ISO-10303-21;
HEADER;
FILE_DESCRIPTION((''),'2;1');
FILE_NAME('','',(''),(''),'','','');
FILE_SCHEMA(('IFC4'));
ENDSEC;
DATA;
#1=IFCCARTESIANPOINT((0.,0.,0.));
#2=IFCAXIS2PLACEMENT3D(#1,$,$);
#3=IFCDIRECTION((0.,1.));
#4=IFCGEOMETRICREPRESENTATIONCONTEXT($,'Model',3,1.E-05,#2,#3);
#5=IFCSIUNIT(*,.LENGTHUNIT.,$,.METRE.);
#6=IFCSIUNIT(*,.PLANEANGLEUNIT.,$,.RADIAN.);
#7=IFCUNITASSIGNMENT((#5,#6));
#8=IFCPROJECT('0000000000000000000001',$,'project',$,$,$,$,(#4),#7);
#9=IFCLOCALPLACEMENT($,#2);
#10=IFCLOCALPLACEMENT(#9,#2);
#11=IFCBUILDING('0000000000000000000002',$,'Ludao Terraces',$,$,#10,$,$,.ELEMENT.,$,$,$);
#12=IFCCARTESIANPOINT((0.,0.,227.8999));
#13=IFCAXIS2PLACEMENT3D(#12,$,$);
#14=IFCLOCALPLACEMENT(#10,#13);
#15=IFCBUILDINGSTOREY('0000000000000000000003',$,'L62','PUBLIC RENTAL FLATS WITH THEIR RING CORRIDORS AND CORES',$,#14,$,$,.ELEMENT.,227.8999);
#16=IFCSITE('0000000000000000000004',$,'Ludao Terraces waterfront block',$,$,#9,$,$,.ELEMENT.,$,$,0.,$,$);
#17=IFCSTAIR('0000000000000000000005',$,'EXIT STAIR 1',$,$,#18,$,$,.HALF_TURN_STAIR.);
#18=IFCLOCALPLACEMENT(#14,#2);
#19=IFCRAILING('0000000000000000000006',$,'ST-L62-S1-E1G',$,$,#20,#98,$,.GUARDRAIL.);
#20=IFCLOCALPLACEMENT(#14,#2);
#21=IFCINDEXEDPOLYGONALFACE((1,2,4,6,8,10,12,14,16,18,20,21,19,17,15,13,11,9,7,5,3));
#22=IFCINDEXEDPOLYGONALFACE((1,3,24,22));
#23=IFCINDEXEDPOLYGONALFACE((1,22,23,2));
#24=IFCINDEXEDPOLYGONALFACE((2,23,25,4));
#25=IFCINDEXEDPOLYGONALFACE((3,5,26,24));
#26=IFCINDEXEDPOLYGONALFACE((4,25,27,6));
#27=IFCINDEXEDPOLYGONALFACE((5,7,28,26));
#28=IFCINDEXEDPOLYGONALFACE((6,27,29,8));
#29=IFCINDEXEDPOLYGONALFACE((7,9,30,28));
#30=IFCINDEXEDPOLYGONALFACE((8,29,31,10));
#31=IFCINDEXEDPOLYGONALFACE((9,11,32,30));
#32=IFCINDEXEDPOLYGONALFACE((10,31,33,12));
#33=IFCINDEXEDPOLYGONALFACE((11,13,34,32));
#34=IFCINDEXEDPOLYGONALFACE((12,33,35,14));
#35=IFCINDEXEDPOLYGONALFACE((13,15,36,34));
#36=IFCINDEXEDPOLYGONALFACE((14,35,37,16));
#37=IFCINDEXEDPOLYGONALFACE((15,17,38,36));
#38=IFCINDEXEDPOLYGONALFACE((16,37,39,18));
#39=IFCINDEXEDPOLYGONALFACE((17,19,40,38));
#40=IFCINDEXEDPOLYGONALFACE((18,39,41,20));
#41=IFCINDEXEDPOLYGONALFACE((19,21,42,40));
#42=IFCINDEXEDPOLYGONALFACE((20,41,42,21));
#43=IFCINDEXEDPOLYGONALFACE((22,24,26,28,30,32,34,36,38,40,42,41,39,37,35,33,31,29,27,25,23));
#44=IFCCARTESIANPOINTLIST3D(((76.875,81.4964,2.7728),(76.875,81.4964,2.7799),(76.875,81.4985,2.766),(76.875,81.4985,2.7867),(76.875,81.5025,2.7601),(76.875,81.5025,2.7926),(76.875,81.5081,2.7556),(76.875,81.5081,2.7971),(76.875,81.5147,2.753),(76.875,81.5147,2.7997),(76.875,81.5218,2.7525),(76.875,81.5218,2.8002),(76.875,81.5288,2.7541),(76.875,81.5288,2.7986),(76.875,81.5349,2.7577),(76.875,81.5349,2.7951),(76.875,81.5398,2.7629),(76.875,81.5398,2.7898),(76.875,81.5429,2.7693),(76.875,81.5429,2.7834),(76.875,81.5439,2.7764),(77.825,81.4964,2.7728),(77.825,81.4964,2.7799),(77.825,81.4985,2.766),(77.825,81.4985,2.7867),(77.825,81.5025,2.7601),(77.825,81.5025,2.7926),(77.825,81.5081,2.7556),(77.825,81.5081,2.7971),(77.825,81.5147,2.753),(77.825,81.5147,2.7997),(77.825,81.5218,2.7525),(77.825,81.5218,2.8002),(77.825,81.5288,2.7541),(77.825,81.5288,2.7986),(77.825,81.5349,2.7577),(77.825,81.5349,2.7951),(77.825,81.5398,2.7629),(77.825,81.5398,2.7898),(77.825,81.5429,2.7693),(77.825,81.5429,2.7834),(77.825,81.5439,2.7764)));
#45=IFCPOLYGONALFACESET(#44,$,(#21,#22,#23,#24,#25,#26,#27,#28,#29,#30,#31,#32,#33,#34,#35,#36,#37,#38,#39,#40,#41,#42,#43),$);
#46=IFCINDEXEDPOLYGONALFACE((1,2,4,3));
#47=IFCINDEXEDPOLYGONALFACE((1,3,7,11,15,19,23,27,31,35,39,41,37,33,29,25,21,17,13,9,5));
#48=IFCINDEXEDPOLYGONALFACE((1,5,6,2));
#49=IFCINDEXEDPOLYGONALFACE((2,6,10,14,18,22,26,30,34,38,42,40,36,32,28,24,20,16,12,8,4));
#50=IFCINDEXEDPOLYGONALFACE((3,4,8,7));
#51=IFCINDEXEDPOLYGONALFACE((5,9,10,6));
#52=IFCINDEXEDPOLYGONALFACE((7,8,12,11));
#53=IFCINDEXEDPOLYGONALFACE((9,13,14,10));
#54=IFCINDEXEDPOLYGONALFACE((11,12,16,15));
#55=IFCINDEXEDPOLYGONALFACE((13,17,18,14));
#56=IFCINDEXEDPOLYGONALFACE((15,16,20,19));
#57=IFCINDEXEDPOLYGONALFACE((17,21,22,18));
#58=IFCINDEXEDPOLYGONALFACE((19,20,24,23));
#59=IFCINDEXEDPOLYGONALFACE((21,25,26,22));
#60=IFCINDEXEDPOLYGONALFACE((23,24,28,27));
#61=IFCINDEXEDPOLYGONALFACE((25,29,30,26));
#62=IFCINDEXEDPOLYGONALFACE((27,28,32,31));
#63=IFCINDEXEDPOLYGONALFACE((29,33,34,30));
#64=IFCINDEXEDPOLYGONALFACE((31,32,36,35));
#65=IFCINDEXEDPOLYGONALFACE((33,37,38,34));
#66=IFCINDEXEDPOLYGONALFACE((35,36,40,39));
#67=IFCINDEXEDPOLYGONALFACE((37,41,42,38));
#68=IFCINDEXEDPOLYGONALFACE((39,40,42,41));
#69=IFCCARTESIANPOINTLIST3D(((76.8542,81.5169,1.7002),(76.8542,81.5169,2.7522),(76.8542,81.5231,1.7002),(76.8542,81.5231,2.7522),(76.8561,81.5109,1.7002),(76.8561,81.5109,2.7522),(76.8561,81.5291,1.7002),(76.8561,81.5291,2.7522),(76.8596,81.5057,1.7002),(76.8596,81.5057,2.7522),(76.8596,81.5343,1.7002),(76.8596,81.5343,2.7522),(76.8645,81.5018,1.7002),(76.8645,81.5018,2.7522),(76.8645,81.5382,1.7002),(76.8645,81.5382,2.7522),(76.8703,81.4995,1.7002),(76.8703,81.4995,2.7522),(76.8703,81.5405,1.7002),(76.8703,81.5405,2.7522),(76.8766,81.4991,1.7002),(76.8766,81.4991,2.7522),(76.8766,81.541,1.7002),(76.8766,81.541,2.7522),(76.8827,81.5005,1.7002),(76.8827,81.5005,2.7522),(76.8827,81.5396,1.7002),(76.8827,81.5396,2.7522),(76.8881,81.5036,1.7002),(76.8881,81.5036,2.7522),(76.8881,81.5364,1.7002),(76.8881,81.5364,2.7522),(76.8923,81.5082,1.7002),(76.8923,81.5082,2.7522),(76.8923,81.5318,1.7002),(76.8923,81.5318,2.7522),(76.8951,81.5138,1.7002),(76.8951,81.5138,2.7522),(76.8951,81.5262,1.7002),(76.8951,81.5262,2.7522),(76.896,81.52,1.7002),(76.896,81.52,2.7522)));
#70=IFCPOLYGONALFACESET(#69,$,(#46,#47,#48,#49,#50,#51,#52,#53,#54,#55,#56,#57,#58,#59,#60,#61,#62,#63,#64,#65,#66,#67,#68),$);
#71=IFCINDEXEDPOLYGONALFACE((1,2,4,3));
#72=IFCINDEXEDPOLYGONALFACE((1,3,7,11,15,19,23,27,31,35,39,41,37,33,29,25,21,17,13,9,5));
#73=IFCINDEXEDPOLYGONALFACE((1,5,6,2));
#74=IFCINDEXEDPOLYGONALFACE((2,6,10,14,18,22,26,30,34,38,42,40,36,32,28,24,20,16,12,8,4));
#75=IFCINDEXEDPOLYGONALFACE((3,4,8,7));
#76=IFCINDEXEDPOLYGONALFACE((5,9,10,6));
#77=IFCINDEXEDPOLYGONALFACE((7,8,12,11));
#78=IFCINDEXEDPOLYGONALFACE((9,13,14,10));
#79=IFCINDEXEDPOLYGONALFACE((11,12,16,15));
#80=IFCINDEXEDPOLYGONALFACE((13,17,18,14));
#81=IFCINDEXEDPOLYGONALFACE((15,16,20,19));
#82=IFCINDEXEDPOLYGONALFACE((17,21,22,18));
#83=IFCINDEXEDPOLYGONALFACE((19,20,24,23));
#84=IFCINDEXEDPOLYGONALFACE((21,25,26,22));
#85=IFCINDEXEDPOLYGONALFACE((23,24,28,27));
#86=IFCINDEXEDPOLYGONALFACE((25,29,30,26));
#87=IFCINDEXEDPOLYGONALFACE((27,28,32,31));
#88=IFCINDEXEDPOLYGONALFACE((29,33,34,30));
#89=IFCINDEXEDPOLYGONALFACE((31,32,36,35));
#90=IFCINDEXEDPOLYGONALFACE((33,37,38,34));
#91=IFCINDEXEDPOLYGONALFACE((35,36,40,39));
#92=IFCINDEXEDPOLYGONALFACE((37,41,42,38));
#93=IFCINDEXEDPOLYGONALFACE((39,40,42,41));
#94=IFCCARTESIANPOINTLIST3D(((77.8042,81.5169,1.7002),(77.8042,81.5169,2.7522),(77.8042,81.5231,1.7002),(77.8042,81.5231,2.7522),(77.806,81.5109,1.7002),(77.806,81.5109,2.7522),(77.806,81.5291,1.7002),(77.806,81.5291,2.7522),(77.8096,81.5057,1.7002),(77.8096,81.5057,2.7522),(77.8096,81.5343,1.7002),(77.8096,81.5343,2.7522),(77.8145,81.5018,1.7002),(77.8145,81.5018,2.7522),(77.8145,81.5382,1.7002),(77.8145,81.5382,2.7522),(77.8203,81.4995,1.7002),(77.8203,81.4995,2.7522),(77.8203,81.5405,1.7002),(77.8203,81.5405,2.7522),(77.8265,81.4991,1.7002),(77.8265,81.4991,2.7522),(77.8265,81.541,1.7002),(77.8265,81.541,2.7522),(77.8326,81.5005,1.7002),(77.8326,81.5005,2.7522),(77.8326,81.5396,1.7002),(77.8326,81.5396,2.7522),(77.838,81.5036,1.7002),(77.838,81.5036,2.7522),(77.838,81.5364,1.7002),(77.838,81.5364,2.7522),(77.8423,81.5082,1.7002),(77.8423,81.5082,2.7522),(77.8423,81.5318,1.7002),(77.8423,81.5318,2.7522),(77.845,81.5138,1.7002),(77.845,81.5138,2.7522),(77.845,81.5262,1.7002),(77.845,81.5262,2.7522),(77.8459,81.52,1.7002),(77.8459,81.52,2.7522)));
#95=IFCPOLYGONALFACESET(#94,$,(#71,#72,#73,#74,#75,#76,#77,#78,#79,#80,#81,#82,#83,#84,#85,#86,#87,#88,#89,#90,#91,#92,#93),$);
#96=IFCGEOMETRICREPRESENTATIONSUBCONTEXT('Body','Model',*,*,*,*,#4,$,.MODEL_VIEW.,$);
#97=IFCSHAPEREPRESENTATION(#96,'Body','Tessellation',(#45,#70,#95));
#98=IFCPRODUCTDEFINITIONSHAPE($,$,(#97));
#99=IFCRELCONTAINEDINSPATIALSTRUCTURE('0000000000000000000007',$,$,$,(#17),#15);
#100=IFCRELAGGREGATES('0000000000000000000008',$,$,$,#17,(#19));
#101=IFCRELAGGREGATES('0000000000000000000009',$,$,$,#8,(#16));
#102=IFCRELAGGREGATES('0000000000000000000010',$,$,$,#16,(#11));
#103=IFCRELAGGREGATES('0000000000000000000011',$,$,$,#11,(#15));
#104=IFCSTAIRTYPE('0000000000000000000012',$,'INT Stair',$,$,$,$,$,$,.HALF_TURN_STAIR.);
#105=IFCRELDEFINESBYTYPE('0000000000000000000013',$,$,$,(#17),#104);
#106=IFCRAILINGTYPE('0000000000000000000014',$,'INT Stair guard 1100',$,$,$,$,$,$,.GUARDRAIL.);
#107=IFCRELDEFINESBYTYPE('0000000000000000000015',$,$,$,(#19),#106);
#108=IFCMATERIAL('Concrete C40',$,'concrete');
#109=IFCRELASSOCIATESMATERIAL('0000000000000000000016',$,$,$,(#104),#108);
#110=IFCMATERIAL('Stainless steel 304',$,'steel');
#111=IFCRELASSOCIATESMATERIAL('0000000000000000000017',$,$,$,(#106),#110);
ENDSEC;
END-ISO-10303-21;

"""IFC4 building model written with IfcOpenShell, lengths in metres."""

from ifc_helpers import new_model, si_unit, direction, frame, origin, origin_2d, place, context, subcontext, project, spatial, circle, extrude, material, type_object, element, aggregate, save


model = new_model("IFC4")

# Units and contexts
model_context = context("Model", 3, precision=1e-05, world=origin(), true_north=direction((0.0, 1.0)))
body_context = subcontext(model_context, "Body", "Model", "MODEL_VIEW")
ifc_project = project(units=[si_unit("LENGTHUNIT", "METRE"), si_unit("PLANEANGLEUNIT", "RADIAN")], contexts=[model_context])

# Site, building, storey
site_placement = place(None, origin())
site = spatial("IfcSite", under=ifc_project, at=site_placement, Name="Ludao Terraces waterfront block", CompositionType="ELEMENT", RefElevation=0.0)
building_placement = place(site_placement, origin())
building = spatial("IfcBuilding", under=site, at=building_placement, Name="Ludao Terraces", CompositionType="ELEMENT")
storey_placement = place(building_placement, frame((0.0, 0.0, 227.8999)))
storey = spatial("IfcBuildingStorey", under=building, at=storey_placement, Name="L62", Description="PUBLIC RENTAL FLATS WITH THEIR RING CORRIDORS AND CORES", CompositionType="ELEMENT", Elevation=227.8999)

# Shared definitions
ifc_material_1 = material(Name="Concrete C40", Category="concrete")

# Stair, railing
stair_type = type_object("IfcStairType", Name="INT Stair", PredefinedType="HALF_TURN_STAIR", material=ifc_material_1)
stair_placement = place(storey_placement, origin())
stair = element("IfcStair", 1, at=stair_placement, inside=storey, type_object=stair_type, Name="EXIT STAIR 1", PredefinedType="HALF_TURN_STAIR")
ifc_material_2 = material(Name="Stainless steel 304", Category="steel")
railing_type_1 = type_object("IfcRailingType", Name="INT Stair guard 1100", PredefinedType="GUARDRAIL", material=ifc_material_2)
railing_1_placement = place(storey_placement, frame((76.875, 81.52, 1.7002)))
railing_1 = element("IfcRailing", 2, at=railing_1_placement, type_object=railing_type_1, Name="ST-L62-S1-E1G", PredefinedType="GUARDRAIL", context=body_context, shape_type="SweptSolid", body=[
    extrude(circle(Radius=0.0239, at=origin_2d()), frame((0.0, 0.0, 1.0762), z_axis=(1.0, 0.0, 0.0), x_axis=(0.0, 1.0, 0.0)), (0.0, 0.0, 1.0), 0.95),
    extrude(circle(Radius=0.021, at=origin_2d()), origin(), (0.0, 0.0, 1.0), 1.052),
    extrude(circle(Radius=0.021, at=origin_2d()), frame((0.95, 0.0, 0.0)), (0.0, 0.0, 1.0), 1.052),
])
aggregate(stair, [railing_1])

save(model, "model.ifc")
